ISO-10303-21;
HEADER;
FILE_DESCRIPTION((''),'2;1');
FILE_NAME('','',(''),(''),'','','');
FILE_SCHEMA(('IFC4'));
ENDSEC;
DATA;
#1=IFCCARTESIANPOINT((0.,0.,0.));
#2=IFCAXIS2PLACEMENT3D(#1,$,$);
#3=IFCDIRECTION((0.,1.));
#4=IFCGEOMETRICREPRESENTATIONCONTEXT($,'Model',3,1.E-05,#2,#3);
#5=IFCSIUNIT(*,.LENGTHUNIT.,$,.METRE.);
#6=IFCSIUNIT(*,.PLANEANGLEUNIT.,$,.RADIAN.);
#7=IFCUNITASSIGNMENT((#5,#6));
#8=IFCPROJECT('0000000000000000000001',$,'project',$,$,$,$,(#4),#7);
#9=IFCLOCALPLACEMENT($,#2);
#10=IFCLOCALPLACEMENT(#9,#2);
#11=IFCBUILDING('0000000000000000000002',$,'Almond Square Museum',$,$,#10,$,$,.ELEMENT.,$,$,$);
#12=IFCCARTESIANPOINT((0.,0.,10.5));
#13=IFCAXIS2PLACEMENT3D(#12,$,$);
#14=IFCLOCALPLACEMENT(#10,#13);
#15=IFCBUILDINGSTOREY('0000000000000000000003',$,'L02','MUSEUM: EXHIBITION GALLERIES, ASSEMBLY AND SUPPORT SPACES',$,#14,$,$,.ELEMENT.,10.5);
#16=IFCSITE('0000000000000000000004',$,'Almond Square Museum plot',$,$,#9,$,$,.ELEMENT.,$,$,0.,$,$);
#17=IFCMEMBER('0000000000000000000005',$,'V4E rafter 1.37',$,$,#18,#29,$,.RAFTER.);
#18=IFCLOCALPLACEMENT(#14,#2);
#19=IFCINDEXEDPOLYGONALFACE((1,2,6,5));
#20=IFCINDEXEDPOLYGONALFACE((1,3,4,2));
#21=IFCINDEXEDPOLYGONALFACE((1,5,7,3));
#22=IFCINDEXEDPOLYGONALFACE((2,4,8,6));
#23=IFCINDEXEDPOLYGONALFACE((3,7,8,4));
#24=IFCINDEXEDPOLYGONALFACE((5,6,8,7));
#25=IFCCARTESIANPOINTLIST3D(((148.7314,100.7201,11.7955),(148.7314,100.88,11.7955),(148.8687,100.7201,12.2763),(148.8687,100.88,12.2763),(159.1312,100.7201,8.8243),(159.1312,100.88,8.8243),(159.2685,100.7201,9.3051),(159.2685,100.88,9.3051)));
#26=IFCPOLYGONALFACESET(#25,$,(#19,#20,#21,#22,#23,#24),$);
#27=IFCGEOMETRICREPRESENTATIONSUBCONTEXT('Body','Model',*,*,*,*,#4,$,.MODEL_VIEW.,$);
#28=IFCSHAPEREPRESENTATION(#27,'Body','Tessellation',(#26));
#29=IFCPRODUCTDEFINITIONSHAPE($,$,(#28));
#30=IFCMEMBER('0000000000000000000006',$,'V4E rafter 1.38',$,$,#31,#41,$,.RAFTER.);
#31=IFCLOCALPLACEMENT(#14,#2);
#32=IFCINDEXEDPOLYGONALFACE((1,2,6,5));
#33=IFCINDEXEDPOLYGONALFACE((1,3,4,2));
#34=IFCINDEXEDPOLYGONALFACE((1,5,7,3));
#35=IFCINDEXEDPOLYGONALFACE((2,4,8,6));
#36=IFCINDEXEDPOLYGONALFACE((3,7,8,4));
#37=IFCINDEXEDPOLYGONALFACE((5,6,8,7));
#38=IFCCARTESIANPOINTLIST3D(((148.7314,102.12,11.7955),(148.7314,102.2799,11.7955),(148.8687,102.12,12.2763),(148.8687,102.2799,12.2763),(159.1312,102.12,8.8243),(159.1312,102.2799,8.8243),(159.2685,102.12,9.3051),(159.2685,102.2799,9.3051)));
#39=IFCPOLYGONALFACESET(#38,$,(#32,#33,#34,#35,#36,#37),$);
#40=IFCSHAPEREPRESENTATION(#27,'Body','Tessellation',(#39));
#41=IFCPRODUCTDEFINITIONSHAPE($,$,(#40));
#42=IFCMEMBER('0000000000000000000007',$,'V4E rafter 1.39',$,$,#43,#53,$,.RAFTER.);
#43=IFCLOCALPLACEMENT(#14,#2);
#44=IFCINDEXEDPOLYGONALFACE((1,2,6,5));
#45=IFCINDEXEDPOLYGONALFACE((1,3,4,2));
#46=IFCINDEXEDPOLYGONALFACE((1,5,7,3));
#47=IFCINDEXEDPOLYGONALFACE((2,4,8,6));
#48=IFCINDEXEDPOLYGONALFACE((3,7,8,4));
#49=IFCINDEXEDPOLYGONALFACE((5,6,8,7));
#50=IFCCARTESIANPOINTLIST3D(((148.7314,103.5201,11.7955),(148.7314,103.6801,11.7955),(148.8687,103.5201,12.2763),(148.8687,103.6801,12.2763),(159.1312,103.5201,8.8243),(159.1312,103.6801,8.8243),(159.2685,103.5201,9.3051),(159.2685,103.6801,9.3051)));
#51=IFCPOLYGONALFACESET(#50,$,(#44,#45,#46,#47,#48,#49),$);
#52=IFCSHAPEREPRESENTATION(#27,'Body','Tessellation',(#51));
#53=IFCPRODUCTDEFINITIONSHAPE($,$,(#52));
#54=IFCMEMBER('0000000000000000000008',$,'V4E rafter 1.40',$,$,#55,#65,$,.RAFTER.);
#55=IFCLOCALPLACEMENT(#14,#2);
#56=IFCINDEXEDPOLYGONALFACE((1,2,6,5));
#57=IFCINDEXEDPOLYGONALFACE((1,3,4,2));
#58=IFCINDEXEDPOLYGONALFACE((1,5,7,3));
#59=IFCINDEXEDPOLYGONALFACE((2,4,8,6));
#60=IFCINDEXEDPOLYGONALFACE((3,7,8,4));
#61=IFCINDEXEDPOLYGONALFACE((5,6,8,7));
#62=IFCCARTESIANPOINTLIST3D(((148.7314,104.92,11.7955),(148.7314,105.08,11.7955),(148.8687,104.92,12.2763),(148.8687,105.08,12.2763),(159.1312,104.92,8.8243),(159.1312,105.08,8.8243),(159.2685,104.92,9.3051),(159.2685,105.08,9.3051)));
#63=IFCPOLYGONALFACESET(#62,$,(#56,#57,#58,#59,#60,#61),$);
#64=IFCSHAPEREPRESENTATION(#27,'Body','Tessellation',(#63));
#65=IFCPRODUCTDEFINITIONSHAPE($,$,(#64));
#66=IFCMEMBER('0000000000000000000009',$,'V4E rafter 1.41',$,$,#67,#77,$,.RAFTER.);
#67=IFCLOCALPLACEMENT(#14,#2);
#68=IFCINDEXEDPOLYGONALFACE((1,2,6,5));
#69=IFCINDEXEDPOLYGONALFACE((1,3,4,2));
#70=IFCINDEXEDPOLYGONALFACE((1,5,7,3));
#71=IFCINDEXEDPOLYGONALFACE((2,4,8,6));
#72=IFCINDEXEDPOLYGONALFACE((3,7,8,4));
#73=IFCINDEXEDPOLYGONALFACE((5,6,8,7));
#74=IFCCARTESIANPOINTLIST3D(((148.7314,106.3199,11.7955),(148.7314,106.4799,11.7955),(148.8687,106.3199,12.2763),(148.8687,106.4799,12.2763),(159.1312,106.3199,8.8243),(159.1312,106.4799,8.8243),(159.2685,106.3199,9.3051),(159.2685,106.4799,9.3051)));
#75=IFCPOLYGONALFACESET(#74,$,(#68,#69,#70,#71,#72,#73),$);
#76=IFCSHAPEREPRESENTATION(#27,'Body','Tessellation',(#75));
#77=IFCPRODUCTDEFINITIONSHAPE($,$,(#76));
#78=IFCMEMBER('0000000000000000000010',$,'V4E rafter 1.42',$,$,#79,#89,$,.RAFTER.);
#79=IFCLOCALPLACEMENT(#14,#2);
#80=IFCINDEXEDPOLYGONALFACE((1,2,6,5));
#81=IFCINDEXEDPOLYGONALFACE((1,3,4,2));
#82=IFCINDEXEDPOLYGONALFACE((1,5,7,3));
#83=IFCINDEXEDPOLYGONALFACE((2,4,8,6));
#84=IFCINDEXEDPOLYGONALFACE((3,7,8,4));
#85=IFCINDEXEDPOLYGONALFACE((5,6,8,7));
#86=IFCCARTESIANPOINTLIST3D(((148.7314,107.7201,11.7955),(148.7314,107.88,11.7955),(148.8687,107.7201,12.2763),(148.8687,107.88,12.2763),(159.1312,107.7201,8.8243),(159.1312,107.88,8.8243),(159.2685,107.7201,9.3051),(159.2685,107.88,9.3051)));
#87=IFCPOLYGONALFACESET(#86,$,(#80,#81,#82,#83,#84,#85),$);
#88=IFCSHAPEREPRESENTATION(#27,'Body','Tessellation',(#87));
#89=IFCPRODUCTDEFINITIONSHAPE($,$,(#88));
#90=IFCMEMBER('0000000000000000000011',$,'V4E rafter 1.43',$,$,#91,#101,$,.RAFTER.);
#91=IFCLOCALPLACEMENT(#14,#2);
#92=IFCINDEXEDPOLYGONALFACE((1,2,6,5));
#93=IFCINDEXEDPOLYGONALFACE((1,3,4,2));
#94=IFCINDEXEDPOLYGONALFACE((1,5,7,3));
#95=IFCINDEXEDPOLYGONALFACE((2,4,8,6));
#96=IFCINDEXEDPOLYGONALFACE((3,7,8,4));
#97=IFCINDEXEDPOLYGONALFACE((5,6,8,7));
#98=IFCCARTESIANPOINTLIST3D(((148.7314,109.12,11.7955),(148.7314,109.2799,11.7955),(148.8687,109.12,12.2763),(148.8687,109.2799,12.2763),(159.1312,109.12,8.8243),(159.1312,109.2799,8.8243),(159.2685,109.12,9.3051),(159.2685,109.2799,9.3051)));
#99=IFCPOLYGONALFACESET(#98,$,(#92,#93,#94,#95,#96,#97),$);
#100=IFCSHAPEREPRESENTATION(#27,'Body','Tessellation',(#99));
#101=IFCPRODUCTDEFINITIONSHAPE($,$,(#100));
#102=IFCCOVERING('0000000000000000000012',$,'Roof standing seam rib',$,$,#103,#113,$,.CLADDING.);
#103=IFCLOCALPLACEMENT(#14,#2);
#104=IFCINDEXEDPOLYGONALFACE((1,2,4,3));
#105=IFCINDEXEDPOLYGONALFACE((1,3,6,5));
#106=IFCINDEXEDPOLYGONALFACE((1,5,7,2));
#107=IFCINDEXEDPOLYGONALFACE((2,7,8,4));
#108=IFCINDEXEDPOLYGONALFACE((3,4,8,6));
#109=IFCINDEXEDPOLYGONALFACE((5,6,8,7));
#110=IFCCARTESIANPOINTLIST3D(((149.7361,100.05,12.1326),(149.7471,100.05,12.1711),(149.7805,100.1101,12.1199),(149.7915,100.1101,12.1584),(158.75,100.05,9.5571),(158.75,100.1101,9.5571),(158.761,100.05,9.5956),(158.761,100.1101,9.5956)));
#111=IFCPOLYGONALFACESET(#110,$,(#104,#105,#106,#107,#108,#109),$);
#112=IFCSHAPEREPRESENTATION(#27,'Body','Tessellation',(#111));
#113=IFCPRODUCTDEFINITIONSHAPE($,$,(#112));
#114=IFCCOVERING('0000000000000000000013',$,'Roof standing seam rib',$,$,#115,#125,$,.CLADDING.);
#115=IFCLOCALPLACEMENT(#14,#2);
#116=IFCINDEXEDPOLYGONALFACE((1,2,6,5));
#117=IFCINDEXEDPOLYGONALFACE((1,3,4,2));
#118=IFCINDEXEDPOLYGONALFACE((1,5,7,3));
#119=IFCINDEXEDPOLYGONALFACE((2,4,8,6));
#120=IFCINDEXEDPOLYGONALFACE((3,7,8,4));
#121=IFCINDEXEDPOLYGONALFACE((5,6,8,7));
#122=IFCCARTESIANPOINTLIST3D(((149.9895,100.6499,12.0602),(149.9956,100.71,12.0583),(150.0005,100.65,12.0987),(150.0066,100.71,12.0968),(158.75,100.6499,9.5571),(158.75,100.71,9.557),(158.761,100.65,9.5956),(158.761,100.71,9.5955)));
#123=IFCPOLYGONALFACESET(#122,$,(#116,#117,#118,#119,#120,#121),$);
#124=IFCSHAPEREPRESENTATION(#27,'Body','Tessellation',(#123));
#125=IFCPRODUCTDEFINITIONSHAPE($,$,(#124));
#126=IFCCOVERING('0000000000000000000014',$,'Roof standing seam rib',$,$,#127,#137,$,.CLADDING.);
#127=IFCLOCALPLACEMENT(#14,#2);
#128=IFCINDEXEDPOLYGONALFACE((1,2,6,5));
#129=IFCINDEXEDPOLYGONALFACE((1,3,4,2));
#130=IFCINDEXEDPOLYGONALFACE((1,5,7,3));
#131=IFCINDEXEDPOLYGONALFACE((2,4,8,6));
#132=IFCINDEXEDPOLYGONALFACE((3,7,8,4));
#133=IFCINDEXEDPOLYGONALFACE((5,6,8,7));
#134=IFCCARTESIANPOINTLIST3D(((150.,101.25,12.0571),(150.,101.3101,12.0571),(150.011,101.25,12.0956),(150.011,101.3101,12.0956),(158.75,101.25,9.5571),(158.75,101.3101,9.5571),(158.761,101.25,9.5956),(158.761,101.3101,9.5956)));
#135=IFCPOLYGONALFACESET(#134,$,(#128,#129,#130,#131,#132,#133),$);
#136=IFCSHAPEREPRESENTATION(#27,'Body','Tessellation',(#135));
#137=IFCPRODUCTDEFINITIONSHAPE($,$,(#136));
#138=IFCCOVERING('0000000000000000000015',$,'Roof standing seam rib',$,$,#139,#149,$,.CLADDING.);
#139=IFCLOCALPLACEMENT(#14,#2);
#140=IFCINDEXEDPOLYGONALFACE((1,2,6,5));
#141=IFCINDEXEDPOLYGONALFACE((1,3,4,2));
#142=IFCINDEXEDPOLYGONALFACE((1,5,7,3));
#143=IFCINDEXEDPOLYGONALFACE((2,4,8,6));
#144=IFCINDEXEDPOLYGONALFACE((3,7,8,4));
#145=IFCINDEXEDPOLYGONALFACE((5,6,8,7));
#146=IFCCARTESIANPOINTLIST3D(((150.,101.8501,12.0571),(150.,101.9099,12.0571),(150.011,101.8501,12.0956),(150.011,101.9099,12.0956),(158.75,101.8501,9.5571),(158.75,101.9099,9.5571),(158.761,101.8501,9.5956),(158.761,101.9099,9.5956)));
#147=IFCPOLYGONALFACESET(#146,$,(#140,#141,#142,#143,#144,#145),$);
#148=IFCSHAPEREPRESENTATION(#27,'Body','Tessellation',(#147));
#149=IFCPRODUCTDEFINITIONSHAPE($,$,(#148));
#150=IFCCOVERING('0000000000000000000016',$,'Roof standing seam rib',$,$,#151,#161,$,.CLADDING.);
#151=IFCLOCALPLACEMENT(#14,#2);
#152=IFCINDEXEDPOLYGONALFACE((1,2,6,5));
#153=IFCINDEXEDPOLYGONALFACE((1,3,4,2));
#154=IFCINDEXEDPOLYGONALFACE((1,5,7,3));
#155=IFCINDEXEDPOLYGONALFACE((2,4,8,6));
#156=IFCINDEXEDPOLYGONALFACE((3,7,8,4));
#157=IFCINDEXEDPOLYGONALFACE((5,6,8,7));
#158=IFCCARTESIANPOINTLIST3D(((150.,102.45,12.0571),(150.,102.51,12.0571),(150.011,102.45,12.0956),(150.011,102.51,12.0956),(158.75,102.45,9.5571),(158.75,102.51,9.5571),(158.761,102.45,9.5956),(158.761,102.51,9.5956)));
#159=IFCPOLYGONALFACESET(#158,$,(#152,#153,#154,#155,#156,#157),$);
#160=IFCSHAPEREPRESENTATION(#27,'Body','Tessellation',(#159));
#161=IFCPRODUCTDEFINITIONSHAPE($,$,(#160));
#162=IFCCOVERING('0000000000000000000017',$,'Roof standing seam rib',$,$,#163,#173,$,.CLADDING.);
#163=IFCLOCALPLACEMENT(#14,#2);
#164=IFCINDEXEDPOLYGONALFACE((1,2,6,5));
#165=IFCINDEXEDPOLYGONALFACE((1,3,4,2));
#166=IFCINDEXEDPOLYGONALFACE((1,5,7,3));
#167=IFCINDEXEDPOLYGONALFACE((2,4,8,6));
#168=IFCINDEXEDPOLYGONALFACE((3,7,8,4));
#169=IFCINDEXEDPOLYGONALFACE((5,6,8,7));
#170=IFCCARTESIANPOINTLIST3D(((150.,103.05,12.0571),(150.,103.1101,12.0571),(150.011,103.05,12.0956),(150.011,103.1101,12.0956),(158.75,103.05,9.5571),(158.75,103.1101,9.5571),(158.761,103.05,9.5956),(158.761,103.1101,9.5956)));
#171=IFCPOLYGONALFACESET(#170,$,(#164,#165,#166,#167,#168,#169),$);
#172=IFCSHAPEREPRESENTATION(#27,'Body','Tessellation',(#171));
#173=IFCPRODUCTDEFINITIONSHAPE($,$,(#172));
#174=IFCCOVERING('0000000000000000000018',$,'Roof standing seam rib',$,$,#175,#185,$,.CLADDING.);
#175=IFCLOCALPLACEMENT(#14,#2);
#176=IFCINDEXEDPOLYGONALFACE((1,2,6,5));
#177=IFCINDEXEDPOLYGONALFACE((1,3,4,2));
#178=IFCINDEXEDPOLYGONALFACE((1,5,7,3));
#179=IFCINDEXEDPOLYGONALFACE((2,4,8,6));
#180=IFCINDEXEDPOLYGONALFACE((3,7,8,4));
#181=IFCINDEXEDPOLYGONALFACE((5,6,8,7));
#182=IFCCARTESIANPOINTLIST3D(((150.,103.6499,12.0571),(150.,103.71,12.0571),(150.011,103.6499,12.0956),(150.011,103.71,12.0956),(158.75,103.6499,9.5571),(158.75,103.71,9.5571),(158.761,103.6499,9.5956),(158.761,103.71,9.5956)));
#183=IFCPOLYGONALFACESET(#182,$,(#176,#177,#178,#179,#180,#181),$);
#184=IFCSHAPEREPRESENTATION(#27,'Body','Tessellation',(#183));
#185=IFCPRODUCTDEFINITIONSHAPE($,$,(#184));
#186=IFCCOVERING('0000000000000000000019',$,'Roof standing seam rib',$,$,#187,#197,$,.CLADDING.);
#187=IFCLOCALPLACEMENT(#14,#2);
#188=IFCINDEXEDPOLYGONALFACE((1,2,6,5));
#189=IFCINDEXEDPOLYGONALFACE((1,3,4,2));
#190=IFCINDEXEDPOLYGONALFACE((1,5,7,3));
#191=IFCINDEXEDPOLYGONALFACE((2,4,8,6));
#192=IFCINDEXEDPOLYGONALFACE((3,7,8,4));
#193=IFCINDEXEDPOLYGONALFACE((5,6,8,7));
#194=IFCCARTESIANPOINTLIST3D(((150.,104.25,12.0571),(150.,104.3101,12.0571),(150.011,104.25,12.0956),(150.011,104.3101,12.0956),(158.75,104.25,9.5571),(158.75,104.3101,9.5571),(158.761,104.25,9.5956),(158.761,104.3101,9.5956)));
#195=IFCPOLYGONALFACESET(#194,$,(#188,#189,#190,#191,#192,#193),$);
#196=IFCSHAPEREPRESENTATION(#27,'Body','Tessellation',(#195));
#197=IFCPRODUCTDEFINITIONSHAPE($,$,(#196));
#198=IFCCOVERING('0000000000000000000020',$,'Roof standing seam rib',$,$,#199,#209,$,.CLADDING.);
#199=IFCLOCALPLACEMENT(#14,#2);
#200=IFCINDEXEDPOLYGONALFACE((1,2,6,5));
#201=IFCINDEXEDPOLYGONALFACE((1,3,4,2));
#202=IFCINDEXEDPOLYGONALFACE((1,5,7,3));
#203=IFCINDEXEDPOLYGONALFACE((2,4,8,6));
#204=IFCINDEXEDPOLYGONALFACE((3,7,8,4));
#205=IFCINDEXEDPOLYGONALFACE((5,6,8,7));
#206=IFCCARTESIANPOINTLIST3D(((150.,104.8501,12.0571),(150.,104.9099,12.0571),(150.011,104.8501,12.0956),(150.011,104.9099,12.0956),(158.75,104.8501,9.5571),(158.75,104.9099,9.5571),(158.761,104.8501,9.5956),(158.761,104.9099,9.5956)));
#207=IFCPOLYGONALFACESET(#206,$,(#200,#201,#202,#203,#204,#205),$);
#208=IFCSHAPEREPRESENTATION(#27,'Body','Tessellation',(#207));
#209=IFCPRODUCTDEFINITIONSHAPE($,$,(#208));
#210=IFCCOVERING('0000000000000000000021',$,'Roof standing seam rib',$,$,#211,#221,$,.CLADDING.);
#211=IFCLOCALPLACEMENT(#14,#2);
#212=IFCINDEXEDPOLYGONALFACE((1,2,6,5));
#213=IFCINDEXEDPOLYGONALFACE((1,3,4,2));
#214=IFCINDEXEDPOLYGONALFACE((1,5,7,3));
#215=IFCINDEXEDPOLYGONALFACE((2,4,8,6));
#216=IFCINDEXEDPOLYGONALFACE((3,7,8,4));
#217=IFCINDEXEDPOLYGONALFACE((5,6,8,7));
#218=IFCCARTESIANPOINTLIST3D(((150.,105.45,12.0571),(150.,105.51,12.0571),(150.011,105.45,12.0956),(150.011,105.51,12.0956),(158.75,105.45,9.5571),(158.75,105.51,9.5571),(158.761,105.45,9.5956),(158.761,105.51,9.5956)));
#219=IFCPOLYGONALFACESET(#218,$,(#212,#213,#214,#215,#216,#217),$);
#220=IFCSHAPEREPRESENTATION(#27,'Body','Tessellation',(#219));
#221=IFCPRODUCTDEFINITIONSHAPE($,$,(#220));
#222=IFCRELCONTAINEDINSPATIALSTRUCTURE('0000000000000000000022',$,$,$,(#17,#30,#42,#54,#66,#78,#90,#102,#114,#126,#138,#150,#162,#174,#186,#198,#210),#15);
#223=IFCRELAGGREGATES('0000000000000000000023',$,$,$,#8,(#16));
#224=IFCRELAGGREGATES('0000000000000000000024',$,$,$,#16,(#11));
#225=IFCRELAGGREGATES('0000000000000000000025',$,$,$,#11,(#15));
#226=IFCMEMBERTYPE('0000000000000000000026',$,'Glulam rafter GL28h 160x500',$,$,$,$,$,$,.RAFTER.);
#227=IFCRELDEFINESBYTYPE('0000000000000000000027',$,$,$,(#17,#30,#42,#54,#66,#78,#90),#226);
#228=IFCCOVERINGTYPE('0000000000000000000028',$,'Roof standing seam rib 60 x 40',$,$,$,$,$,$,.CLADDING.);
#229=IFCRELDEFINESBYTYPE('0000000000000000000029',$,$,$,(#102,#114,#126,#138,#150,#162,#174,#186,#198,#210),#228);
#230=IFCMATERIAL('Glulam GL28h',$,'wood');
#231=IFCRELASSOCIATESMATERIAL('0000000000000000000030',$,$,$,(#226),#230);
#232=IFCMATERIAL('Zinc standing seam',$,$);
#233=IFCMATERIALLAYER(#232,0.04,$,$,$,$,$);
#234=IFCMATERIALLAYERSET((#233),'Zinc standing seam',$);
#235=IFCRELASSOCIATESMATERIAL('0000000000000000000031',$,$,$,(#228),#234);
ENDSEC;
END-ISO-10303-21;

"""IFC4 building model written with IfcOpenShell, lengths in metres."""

from ifc_helpers import new_model, si_unit, direction, frame, origin, origin_2d, place, context, subcontext, project, spatial, polyline, rectangle, outline, extrude, material, layer, layer_set, material_profile, profile_set, type_object, element, save


model = new_model("IFC4")

# Units and contexts
model_context = context("Model", 3, precision=1e-05, world=origin(), true_north=direction((0.0, 1.0)))
body_context = subcontext(model_context, "Body", "Model", "MODEL_VIEW")
ifc_project = project(units=[si_unit("LENGTHUNIT", "METRE"), si_unit("PLANEANGLEUNIT", "RADIAN")], contexts=[model_context])

# Site, building, storey
site_placement = place(None, origin())
site = spatial("IfcSite", under=ifc_project, at=site_placement, Name="Almond Square Museum plot", CompositionType="ELEMENT", RefElevation=0.0)
building_placement = place(site_placement, origin())
building = spatial("IfcBuilding", under=site, at=building_placement, Name="Almond Square Museum", CompositionType="ELEMENT")
storey_placement = place(building_placement, frame((0.0, 0.0, 10.5)))
storey = spatial("IfcBuildingStorey", under=building, at=storey_placement, Name="L02", Description="MUSEUM: EXHIBITION GALLERIES, ASSEMBLY AND SUPPORT SPACES", CompositionType="ELEMENT", Elevation=10.5)

# Members
ifc_material_1 = material(Name="Glulam GL28h", Category="wood")
ifc_material_profile_1 = material_profile(ifc_material_1, rectangle(XDim=0.1599, YDim=0.5, at=origin_2d()))
ifc_profile_set_1 = profile_set([ifc_material_profile_1], Name="Glulam GL28h")
member_type = type_object("IfcMemberType", Name="Glulam rafter GL28h 160x500", PredefinedType="RAFTER", material=ifc_profile_set_1)
for number, where, z_axis, x_axis, name in (
    (1, (148.8, 100.8, 12.0359), (0.961529, 0.0, -0.274703), (0.0, 1.0, 0.0), "V4E rafter 1.37"),
    (2, (148.8, 102.2, 12.0359), (0.961529, 0.0, -0.274703), (0.0, 1.0, 0.0), "V4E rafter 1.38"),
    (3, (148.8, 103.6001, 12.0359), (0.961529, 0.0, -0.274703), (0.0, 1.0, 0.0), "V4E rafter 1.39"),
    (4, (148.8, 105.0, 12.0359), (0.961529, 0.0, -0.274703), (0.0, 1.0, 0.0), "V4E rafter 1.40"),
    (5, (148.8, 106.3999, 12.0359), (0.961529, 0.0, -0.274703), (0.0, 1.0, 0.0), "V4E rafter 1.41"),
    (6, (148.8, 107.8, 12.0359), (0.961529, 0.0, -0.274703), (0.0, 1.0, 0.0), "V4E rafter 1.42"),
    (7, (148.8, 109.2, 12.0359), (0.961529, 0.0, -0.274703), (0.0, 1.0, 0.0), "V4E rafter 1.43"),
):
    element("IfcMember", number, at=place(storey_placement, frame(where, z_axis=z_axis, x_axis=x_axis)), inside=storey, type_object=member_type, Name=name, PredefinedType="RAFTER", context=body_context, shape_type="SweptSolid", body=[
        extrude(rectangle(XDim=0.1599, YDim=0.5, at=origin_2d()), origin(), (0.0, 0.0, 1.0), 10.8159),
    ])

# Coverings
ifc_material_2 = material(Name="Zinc standing seam")
ifc_layer = layer(ifc_material_2, 0.04)
ifc_layer_set = layer_set([ifc_layer], Name="Zinc standing seam")
covering_type = type_object("IfcCoveringType", Name="Roof standing seam rib 60 x 40", PredefinedType="CLADDING", material=ifc_layer_set)
covering_1_placement = place(storey_placement, frame((158.75, 100.1101, 9.5571), z_axis=(0.274725, -0.000001, 0.961523), x_axis=(-0.961523, 0.0, 0.274725)))
element("IfcCovering", 8, at=covering_1_placement, inside=storey, type_object=covering_type, Name="Roof standing seam rib", PredefinedType="CLADDING", context=body_context, shape_type="SweptSolid", body=[
    extrude(outline(polyline([(0.0, 0.0), (9.3284, 0.0), (9.3746, 0.0601), (0.0, 0.0601), (0.0, 0.0)])), origin(), (0.0, 0.0, 1.0), 0.04),
])
covering_2_placement = place(storey_placement, frame((158.75, 100.6499, 9.5571), z_axis=(0.274728, 0.001675, 0.961521), x_axis=(-0.00046, 0.999999, -0.00161)))
element("IfcCovering", 9, at=covering_2_placement, inside=storey, type_object=covering_type, Name="Roof standing seam rib", PredefinedType="CLADDING", context=body_context, shape_type="SweptSolid", body=[
    extrude(outline(polyline([(0.0, 0.0), (0.0601, 0.0), (0.0601, 9.1047), (0.0, 9.1111), (0.0, 0.0)])), origin(), (0.0, 0.0, 1.0), 0.04),
])
covering_3_placement = place(storey_placement, frame((158.75, 101.3101, 9.5571), z_axis=(0.274721, 0.0, 0.961524), x_axis=(-0.961524, 0.0, 0.274721)))
element("IfcCovering", 10, at=covering_3_placement, inside=storey, type_object=covering_type, Name="Roof standing seam rib", PredefinedType="CLADDING", context=body_context, shape_type="SweptSolid", body=[
    extrude(outline(polyline([(0.0, 0.0), (9.1001, 0.0), (9.1001, 0.0601), (0.0, 0.0601), (0.0, 0.0)])), origin(), (0.0, 0.0, 1.0), 0.04),
])
covering_4_placement = place(storey_placement, frame((158.75, 101.9099, 9.5571), z_axis=(0.274721, 0.0, 0.961524), x_axis=(-0.961524, 0.0, 0.274721)))
element("IfcCovering", 11, at=covering_4_placement, inside=storey, type_object=covering_type, Name="Roof standing seam rib", PredefinedType="CLADDING", context=body_context, shape_type="SweptSolid", body=[
    extrude(outline(polyline([(0.0, 0.0), (9.1001, 0.0), (9.1001, 0.0598), (0.0, 0.0598), (0.0, 0.0)])), origin(), (0.0, 0.0, 1.0), 0.04),
])
for number, where, z_axis, x_axis, name in (
    (12, (158.75, 102.51, 9.5571), (0.274721, 0.0, 0.961524), (-0.961524, 0.0, 0.274721), "Roof standing seam rib"),
    (13, (158.75, 103.1101, 9.5571), (0.274721, 0.0, 0.961524), (-0.961524, 0.0, 0.274721), "Roof standing seam rib"),
    (14, (158.75, 103.71, 9.5571), (0.274721, 0.0, 0.961524), (-0.961524, 0.0, 0.274721), "Roof standing seam rib"),
    (15, (158.75, 104.3101, 9.5571), (0.274721, 0.0, 0.961524), (-0.961524, 0.0, 0.274721), "Roof standing seam rib"),
):
    element("IfcCovering", number, at=place(storey_placement, frame(where, z_axis=z_axis, x_axis=x_axis)), inside=storey, type_object=covering_type, Name=name, PredefinedType="CLADDING", context=body_context, shape_type="SweptSolid", body=[
        extrude(outline(polyline([(0.0, 0.0), (9.1001, 0.0), (9.1001, 0.0601), (0.0, 0.0601), (0.0, 0.0)])), origin(), (0.0, 0.0, 1.0), 0.04),
    ])
covering_5_placement = place(storey_placement, frame((158.75, 104.9099, 9.5571), z_axis=(0.274721, 0.0, 0.961524), x_axis=(-0.961524, 0.0, 0.274721)))
element("IfcCovering", 16, at=covering_5_placement, inside=storey, type_object=covering_type, Name="Roof standing seam rib", PredefinedType="CLADDING", context=body_context, shape_type="SweptSolid", body=[
    extrude(outline(polyline([(0.0, 0.0), (9.1001, 0.0), (9.1001, 0.0598), (0.0, 0.0598), (0.0, 0.0)])), origin(), (0.0, 0.0, 1.0), 0.04),
])
for number, where, z_axis, x_axis, name in (
    (17, (158.75, 105.51, 9.5571), (0.274721, 0.0, 0.961524), (-0.961524, 0.0, 0.274721), "Roof standing seam rib"),
):
    element("IfcCovering", number, at=place(storey_placement, frame(where, z_axis=z_axis, x_axis=x_axis)), inside=storey, type_object=covering_type, Name=name, PredefinedType="CLADDING", context=body_context, shape_type="SweptSolid", body=[
        extrude(outline(polyline([(0.0, 0.0), (9.1001, 0.0), (9.1001, 0.0601), (0.0, 0.0601), (0.0, 0.0)])), origin(), (0.0, 0.0, 1.0), 0.04),
    ])

save(model, "model.ifc")
